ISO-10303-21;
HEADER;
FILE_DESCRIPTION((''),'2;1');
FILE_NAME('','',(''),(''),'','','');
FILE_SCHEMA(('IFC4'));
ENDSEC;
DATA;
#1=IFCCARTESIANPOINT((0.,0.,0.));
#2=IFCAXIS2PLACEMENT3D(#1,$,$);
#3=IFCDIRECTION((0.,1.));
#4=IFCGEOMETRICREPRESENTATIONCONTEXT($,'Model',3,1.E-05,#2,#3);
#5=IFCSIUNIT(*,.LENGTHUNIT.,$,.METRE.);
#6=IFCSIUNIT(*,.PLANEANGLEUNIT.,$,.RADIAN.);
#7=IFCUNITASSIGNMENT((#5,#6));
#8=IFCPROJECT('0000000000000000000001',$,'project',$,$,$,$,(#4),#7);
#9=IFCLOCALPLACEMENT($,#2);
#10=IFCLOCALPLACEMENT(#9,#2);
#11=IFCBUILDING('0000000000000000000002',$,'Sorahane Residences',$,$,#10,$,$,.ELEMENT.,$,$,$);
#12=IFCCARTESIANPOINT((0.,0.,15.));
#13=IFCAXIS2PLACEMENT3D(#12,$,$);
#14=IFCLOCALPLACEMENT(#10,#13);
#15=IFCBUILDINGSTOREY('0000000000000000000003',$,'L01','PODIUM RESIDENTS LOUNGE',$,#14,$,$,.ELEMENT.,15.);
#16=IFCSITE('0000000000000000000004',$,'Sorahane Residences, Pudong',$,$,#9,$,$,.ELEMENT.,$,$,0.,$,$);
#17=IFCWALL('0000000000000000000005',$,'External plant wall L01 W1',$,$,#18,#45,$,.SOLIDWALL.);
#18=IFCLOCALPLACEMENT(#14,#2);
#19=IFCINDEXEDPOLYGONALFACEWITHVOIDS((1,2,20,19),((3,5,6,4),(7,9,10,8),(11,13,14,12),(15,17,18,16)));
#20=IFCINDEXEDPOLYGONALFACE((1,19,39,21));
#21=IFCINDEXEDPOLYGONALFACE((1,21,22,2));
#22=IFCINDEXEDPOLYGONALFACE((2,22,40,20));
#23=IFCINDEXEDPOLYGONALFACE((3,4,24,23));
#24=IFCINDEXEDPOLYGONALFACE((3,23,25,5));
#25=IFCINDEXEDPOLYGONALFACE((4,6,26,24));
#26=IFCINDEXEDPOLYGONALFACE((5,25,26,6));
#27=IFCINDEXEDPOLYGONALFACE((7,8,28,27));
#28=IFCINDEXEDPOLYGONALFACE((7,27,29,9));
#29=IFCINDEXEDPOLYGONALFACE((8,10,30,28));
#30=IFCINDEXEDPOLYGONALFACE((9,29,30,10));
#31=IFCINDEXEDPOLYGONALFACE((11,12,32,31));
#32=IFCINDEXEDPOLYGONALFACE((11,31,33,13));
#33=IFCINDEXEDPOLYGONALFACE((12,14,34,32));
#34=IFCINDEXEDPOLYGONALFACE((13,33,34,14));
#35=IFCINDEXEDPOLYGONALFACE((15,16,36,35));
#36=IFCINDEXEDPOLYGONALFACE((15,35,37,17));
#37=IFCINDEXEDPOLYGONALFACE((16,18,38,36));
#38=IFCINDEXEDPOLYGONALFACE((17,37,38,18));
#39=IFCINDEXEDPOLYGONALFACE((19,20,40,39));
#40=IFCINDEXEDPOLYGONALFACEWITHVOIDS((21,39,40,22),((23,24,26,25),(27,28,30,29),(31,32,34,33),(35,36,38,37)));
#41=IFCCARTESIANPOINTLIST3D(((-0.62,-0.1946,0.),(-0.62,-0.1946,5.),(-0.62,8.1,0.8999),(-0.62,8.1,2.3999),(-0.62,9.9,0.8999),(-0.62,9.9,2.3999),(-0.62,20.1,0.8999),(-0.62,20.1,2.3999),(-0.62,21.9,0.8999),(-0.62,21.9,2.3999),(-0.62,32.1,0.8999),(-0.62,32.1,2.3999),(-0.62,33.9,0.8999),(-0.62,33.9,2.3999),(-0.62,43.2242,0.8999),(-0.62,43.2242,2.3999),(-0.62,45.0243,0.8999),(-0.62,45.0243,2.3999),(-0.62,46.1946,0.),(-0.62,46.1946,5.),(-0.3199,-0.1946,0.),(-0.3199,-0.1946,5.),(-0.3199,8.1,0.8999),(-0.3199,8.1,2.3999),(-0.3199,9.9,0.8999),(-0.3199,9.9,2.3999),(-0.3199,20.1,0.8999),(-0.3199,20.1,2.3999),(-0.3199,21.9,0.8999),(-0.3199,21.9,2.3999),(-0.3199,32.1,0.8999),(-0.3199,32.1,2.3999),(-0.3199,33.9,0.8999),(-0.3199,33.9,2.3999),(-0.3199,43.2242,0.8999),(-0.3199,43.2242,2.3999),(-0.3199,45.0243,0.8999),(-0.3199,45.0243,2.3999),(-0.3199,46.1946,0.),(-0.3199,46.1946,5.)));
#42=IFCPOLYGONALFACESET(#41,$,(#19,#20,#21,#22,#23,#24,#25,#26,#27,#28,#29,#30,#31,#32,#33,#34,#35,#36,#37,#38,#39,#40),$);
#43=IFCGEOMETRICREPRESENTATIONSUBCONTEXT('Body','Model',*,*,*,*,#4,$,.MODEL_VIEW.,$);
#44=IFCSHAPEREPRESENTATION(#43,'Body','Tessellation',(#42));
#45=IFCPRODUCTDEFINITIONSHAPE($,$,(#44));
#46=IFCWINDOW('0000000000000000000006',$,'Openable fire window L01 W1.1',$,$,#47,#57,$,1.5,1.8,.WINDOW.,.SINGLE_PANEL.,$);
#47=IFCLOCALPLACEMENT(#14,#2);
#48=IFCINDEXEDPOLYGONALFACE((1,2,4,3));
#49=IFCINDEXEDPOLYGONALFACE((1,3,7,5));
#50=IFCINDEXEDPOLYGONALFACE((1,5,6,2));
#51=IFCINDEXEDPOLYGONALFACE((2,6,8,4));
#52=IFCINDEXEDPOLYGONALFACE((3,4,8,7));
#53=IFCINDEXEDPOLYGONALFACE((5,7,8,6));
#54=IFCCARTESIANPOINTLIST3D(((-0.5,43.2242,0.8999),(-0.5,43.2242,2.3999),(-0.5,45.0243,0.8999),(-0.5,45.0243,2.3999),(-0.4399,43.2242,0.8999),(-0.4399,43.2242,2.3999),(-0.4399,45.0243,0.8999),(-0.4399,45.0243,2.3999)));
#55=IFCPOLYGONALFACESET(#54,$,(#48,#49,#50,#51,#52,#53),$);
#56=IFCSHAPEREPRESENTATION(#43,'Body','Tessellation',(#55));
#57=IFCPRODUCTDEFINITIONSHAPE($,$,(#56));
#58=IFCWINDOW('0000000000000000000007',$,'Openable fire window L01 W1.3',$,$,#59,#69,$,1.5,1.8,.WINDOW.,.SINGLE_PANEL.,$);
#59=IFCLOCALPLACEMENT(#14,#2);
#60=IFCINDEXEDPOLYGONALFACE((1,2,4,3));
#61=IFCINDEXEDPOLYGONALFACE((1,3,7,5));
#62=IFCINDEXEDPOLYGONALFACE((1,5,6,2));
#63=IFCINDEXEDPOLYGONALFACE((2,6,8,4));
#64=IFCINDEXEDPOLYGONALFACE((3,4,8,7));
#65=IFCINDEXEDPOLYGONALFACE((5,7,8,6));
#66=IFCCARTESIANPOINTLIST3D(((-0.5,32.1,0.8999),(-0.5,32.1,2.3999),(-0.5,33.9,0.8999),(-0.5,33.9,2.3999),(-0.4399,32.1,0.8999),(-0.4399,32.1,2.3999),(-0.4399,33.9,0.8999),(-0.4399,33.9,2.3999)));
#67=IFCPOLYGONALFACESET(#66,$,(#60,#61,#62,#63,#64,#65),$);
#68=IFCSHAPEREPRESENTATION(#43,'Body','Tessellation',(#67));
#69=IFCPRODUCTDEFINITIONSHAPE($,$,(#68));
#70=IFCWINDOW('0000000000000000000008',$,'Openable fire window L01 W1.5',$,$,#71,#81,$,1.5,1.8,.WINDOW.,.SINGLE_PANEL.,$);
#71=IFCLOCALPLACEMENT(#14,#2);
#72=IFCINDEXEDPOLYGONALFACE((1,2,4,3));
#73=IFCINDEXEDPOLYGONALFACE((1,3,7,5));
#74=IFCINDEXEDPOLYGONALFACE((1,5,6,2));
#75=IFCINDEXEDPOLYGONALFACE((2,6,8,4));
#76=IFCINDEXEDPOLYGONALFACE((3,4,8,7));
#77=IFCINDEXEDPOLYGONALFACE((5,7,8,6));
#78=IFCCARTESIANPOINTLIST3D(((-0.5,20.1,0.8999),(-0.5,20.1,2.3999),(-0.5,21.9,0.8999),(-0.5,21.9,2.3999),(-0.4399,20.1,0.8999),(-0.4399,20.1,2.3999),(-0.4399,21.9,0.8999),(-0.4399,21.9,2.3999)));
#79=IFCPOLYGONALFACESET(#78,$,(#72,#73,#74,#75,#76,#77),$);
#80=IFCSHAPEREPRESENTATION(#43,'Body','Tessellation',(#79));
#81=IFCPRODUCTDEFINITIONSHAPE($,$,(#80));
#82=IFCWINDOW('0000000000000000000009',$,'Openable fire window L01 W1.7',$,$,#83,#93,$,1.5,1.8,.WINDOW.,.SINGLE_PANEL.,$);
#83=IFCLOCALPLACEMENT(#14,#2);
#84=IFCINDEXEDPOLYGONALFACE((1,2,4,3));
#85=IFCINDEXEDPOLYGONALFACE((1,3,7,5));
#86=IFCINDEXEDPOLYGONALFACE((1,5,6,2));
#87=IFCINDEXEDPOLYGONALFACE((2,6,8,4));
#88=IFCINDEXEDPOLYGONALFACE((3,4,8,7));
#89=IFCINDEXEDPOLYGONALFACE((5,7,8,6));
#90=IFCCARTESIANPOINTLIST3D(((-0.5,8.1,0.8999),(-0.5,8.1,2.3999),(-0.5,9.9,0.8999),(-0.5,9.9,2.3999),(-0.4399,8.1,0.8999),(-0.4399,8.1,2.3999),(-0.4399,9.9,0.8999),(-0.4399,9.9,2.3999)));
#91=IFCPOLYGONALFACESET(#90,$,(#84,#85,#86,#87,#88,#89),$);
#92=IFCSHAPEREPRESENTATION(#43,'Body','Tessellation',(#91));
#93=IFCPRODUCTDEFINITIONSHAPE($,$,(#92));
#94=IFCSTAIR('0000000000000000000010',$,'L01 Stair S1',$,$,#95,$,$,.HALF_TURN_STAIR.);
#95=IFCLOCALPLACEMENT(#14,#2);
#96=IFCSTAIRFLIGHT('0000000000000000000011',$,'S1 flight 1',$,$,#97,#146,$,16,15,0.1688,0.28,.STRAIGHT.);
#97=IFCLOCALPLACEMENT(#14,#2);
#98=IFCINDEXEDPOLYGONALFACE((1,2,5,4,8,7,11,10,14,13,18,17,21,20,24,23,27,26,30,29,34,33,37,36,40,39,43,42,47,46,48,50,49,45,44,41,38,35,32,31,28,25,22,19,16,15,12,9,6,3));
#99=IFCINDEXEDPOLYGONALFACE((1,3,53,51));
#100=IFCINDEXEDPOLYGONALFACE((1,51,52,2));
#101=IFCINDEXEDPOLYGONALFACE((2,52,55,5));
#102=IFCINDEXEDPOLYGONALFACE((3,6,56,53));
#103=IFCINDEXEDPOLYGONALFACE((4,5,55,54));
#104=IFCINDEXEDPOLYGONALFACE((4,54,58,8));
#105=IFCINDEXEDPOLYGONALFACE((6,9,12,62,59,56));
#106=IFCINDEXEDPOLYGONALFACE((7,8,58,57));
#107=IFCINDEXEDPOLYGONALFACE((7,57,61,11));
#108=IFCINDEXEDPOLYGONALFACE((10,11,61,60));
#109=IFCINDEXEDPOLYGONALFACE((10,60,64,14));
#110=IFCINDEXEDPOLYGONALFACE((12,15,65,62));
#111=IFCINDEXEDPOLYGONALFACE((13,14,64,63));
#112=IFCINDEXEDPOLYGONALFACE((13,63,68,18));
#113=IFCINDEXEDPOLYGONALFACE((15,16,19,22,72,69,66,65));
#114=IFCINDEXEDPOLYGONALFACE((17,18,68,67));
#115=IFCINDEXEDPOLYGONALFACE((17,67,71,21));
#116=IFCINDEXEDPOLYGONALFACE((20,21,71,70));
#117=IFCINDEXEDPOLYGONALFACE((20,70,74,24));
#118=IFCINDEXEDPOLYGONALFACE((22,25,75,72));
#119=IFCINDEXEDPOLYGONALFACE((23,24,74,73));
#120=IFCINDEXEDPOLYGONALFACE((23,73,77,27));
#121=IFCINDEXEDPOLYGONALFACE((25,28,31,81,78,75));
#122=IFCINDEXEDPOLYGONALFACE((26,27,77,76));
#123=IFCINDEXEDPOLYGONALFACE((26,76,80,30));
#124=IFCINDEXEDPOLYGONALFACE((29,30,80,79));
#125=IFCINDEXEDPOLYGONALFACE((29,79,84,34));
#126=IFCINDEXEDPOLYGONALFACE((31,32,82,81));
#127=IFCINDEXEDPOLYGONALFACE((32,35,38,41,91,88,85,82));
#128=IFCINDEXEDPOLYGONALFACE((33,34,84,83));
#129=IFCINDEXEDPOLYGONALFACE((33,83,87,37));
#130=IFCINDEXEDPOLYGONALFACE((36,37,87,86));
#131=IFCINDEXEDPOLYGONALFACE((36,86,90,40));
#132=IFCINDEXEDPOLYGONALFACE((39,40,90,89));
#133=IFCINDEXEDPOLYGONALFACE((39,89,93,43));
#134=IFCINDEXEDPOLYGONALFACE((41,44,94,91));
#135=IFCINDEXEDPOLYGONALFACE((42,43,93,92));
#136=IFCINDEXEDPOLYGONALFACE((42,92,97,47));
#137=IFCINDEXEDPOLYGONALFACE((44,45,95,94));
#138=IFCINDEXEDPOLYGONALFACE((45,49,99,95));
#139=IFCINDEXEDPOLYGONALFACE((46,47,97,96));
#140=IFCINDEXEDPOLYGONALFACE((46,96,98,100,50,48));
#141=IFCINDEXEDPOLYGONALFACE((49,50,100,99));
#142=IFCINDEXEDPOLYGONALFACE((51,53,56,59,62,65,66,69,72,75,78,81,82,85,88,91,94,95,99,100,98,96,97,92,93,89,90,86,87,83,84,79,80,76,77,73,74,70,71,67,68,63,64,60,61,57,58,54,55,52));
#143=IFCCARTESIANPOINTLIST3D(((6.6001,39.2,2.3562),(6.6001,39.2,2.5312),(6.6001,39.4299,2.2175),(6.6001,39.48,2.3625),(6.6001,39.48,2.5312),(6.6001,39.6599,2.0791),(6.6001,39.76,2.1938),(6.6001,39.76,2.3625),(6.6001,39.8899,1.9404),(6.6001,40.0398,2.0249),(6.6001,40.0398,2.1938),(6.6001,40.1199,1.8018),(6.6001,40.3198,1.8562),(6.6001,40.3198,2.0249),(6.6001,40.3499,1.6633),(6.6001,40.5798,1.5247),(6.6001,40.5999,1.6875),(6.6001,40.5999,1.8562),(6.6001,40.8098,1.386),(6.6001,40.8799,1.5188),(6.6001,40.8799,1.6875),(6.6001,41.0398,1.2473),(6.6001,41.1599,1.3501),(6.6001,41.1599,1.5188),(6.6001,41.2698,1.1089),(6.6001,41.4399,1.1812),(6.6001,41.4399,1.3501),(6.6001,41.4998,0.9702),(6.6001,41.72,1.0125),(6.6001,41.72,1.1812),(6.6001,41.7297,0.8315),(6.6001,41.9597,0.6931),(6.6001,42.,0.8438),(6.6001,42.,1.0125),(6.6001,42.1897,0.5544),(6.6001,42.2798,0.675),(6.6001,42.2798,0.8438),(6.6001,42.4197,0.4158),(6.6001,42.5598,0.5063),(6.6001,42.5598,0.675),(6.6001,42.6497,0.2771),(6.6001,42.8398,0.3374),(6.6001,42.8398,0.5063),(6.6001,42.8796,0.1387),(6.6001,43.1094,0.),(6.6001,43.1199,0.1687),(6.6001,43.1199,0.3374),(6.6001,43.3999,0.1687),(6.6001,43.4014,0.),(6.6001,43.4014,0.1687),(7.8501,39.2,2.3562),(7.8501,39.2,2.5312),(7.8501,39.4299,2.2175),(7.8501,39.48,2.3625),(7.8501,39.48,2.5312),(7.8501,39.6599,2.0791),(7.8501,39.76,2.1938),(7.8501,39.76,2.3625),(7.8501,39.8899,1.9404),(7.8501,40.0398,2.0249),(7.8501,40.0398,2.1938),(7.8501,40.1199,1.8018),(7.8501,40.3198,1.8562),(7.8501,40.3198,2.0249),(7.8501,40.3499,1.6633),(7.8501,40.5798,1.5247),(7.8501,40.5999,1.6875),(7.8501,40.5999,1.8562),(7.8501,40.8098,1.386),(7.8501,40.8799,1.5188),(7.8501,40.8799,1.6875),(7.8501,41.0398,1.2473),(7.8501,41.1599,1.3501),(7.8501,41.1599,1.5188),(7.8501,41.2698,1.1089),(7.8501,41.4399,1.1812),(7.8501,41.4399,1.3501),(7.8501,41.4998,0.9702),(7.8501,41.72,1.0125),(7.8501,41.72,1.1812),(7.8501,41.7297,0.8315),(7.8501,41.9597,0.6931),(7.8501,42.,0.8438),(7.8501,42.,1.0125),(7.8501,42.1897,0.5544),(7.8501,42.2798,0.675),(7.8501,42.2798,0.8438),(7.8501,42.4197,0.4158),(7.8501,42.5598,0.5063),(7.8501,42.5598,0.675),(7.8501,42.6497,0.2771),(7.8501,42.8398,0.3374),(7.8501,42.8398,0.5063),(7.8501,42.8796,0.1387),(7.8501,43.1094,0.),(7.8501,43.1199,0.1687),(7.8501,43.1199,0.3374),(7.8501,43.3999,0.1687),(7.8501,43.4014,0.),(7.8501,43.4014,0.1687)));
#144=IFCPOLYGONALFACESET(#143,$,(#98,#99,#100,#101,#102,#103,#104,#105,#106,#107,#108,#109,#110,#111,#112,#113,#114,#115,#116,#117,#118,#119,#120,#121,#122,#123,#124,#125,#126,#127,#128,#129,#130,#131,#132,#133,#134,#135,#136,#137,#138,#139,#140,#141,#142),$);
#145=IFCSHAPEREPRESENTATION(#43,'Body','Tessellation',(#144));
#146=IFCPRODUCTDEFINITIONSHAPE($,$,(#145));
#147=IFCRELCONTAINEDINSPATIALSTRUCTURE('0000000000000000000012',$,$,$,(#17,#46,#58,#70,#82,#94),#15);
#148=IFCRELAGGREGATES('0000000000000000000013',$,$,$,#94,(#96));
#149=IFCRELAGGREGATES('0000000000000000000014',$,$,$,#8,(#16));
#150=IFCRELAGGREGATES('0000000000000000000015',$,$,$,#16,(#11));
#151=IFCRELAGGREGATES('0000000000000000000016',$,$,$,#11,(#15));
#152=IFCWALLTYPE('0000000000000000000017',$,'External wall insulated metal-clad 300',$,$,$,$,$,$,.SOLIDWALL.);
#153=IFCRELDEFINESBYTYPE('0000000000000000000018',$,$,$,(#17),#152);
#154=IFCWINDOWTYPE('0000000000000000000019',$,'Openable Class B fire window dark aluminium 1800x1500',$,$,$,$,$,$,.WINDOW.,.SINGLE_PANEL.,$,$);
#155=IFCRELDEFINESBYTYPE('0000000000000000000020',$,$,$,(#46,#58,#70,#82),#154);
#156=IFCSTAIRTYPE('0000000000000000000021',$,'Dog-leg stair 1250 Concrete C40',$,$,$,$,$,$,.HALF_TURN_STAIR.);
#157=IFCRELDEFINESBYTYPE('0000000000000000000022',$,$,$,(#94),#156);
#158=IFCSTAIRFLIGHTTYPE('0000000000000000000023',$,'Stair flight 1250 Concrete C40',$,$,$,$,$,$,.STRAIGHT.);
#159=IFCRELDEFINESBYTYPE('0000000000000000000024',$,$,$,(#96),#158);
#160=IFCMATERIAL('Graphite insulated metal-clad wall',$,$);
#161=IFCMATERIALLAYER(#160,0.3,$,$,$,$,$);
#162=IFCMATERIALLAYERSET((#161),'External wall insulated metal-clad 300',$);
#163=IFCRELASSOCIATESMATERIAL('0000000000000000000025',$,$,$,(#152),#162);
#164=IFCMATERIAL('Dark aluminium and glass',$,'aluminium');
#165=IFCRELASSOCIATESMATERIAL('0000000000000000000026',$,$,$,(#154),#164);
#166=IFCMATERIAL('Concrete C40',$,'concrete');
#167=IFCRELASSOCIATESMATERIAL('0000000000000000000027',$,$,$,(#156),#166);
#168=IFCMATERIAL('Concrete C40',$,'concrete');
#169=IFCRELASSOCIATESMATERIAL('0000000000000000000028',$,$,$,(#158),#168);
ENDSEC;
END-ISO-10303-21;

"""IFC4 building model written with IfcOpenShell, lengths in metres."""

from ifc_helpers import new_model, si_unit, direction, frame, frame_2d, origin, place, context, subcontext, project, spatial, polyline, rectangle, outline, extrude, material, layer, layer_set, type_object, element, fill, aggregate, save


model = new_model("IFC4")

# Units and contexts
model_context = context("Model", 3, precision=1e-05, world=origin(), true_north=direction((0.0, 1.0)))
body_context = subcontext(model_context, "Body", "Model", "MODEL_VIEW")
ifc_project = project(units=[si_unit("LENGTHUNIT", "METRE"), si_unit("PLANEANGLEUNIT", "RADIAN")], contexts=[model_context])

# Site, building, storey
site_placement = place(None, origin())
site = spatial("IfcSite", under=ifc_project, at=site_placement, Name="Sorahane Residences, Pudong", CompositionType="ELEMENT", RefElevation=0.0)
building_placement = place(site_placement, origin())
building = spatial("IfcBuilding", under=site, at=building_placement, Name="Sorahane Residences", CompositionType="ELEMENT")
storey_placement = place(building_placement, frame((0.0, 0.0, 15.0)))
storey = spatial("IfcBuildingStorey", under=building, at=storey_placement, Name="L01", Description="PODIUM RESIDENTS LOUNGE", CompositionType="ELEMENT", Elevation=15.0)

# Shared definitions
ifc_material_1 = material(Name="Graphite insulated metal-clad wall")
ifc_layer_1 = layer(ifc_material_1, 0.3)
ifc_layer_set_1 = layer_set([ifc_layer_1], Name="External wall insulated metal-clad 300")
wall_type_1 = type_object("IfcWallType", Name="External wall insulated metal-clad 300", PredefinedType="SOLIDWALL", material=ifc_layer_set_1)
ifc_material_2 = material(Name="Dark aluminium and glass", Category="aluminium")
window_type = type_object("IfcWindowType", Name="Openable Class B fire window dark aluminium 1800x1500", PartitioningType="SINGLE_PANEL", PredefinedType="WINDOW", material=ifc_material_2)

# Wall, openings, windows
wall_1_placement = place(storey_placement, frame((-0.47, 46.1946, 0.0), z_axis=(0.0, 0.0, 1.0), x_axis=(0.0, -1.0, 0.0)))
wall_1 = element("IfcWall", 1, at=wall_1_placement, inside=storey, type_object=wall_type_1, Name="External plant wall L01 W1", PredefinedType="SOLIDWALL", context=body_context, shape_type="SweptSolid", body=[
    extrude(rectangle(XDim=46.3892, YDim=0.3, at=frame_2d((23.1946, 0.0))), origin(), (0.0, 0.0, 1.0), 5.0),
])
opening_1_placement = place(wall_1_placement, frame((1.1704, 0.0, 0.8999)))
opening_1 = element("IfcOpeningElement", 2, at=opening_1_placement, cuts=wall_1, PredefinedType="OPENING", context=body_context, shape_type="SweptSolid", body=[
    extrude(rectangle(XDim=1.8, YDim=1.5, at=frame_2d((0.8999, 0.75))), frame((0.0, 0.1599, 0.0), z_axis=(0.0, -1.0, 0.0), x_axis=(1.0, 0.0, 0.0)), (0.0, 0.0, 1.0), 0.3201),
])
opening_2_placement = place(wall_1_placement, frame((12.2947, 0.0, 0.8999)))
opening_2 = element("IfcOpeningElement", 3, at=opening_2_placement, cuts=wall_1, PredefinedType="OPENING", context=body_context, shape_type="SweptSolid", body=[
    extrude(rectangle(XDim=1.8, YDim=1.5, at=frame_2d((0.8999, 0.75))), frame((0.0, 0.1599, 0.0), z_axis=(0.0, -1.0, 0.0), x_axis=(1.0, 0.0, 0.0)), (0.0, 0.0, 1.0), 0.3201),
])
opening_3_placement = place(wall_1_placement, frame((24.2947, 0.0, 0.8999)))
opening_3 = element("IfcOpeningElement", 4, at=opening_3_placement, cuts=wall_1, PredefinedType="OPENING", context=body_context, shape_type="SweptSolid", body=[
    extrude(rectangle(XDim=1.8, YDim=1.5, at=frame_2d((0.8999, 0.75))), frame((0.0, 0.1599, 0.0), z_axis=(0.0, -1.0, 0.0), x_axis=(1.0, 0.0, 0.0)), (0.0, 0.0, 1.0), 0.3201),
])
opening_4_placement = place(wall_1_placement, frame((36.2947, 0.0, 0.8999)))
opening_4 = element("IfcOpeningElement", 5, at=opening_4_placement, cuts=wall_1, PredefinedType="OPENING", context=body_context, shape_type="SweptSolid", body=[
    extrude(rectangle(XDim=1.8, YDim=1.5, at=frame_2d((0.8999, 0.75))), frame((0.0, 0.1599, 0.0), z_axis=(0.0, -1.0, 0.0), x_axis=(1.0, 0.0, 0.0)), (0.0, 0.0, 1.0), 0.3201),
])
window_1_placement = place(opening_1_placement, origin())
window_1 = element("IfcWindow", 6, at=window_1_placement, inside=storey, type_object=window_type, Name="Openable fire window L01 W1.1", OverallHeight=1.5, OverallWidth=1.8, PartitioningType="SINGLE_PANEL", PredefinedType="WINDOW", context=body_context, shape_type="SweptSolid", body=[
    extrude(rectangle(XDim=1.8, YDim=1.5, at=frame_2d((0.8999, 0.75))), frame((0.0, 0.03, 0.0), z_axis=(0.0, -1.0, 0.0), x_axis=(1.0, 0.0, 0.0)), (0.0, 0.0, 1.0), 0.0601),
])
fill(opening_1, window_1)
window_2_placement = place(opening_2_placement, origin())
window_2 = element("IfcWindow", 7, at=window_2_placement, inside=storey, type_object=window_type, Name="Openable fire window L01 W1.3", OverallHeight=1.5, OverallWidth=1.8, PartitioningType="SINGLE_PANEL", PredefinedType="WINDOW", context=body_context, shape_type="SweptSolid", body=[
    extrude(rectangle(XDim=1.8, YDim=1.5, at=frame_2d((0.8999, 0.75))), frame((0.0, 0.03, 0.0), z_axis=(0.0, -1.0, 0.0), x_axis=(1.0, 0.0, 0.0)), (0.0, 0.0, 1.0), 0.0601),
])
fill(opening_2, window_2)
window_3_placement = place(opening_3_placement, origin())
window_3 = element("IfcWindow", 8, at=window_3_placement, inside=storey, type_object=window_type, Name="Openable fire window L01 W1.5", OverallHeight=1.5, OverallWidth=1.8, PartitioningType="SINGLE_PANEL", PredefinedType="WINDOW", context=body_context, shape_type="SweptSolid", body=[
    extrude(rectangle(XDim=1.8, YDim=1.5, at=frame_2d((0.8999, 0.75))), frame((0.0, 0.03, 0.0), z_axis=(0.0, -1.0, 0.0), x_axis=(1.0, 0.0, 0.0)), (0.0, 0.0, 1.0), 0.0601),
])
fill(opening_3, window_3)
window_4_placement = place(opening_4_placement, origin())
window_4 = element("IfcWindow", 9, at=window_4_placement, inside=storey, type_object=window_type, Name="Openable fire window L01 W1.7", OverallHeight=1.5, OverallWidth=1.8, PartitioningType="SINGLE_PANEL", PredefinedType="WINDOW", context=body_context, shape_type="SweptSolid", body=[
    extrude(rectangle(XDim=1.8, YDim=1.5, at=frame_2d((0.8999, 0.75))), frame((0.0, 0.03, 0.0), z_axis=(0.0, -1.0, 0.0), x_axis=(1.0, 0.0, 0.0)), (0.0, 0.0, 1.0), 0.0601),
])
fill(opening_4, window_4)

# Stair, stair flight
ifc_material_3 = material(Name="Concrete C40", Category="concrete")
stair_type = type_object("IfcStairType", Name="Dog-leg stair 1250 Concrete C40", PredefinedType="HALF_TURN_STAIR", material=ifc_material_3)
stair_placement = place(storey_placement, origin())
stair = element("IfcStair", 10, at=stair_placement, inside=storey, type_object=stair_type, Name="L01 Stair S1", PredefinedType="HALF_TURN_STAIR")
ifc_material_4 = material(Name="Concrete C40", Category="concrete")
stair_flight_type = type_object("IfcStairFlightType", Name="Stair flight 1250 Concrete C40", PredefinedType="STRAIGHT", material=ifc_material_4)
stair_flight_placement = place(storey_placement, frame((7.2251, 43.3999, 0.0), z_axis=(0.0, 0.0, 1.0), x_axis=(0.0, -1.0, 0.0)))
stair_flight = element("IfcStairFlight", 11, at=stair_flight_placement, type_object=stair_flight_type, Name="S1 flight 1", NumberOfRisers=16, NumberOfTreads=15, PredefinedType="STRAIGHT", RiserHeight=0.1688, TreadLength=0.28, context=body_context, shape_type="SweptSolid", body=[
    extrude(outline(polyline([(-0.0015, 0.0), (-0.0015, 0.1687), (0.0, 0.1687), (0.28, 0.1687), (0.28, 0.3374), (0.5601, 0.3374), (0.5601, 0.5063), (0.8401, 0.5063), (0.8401, 0.675), (1.1201, 0.675), (1.1201, 0.8438), (1.3999, 0.8438), (1.3999, 1.0125), (1.6799, 1.0125), (1.6799, 1.1812), (1.96, 1.1812), (1.96, 1.3501), (2.24, 1.3501), (2.24, 1.5188), (2.52, 1.5188), (2.52, 1.6875), (2.8, 1.6875), (2.8, 1.8562), (3.0801, 1.8562), (3.0801, 2.0249), (3.3601, 2.0249), (3.3601, 2.1938), (3.6399, 2.1938), (3.6399, 2.3625), (3.9199, 2.3625), (3.9199, 2.5312), (4.2, 2.5312), (4.2, 2.7), (4.2, 2.3562), (3.97, 2.2175), (3.74, 2.0791), (3.51, 1.9404), (3.28, 1.8018), (3.05, 1.6633), (2.8201, 1.5247), (2.5901, 1.386), (2.3601, 1.2473), (2.1301, 1.1089), (1.9001, 0.9702), (1.6702, 0.8315), (1.4402, 0.6931), (1.2102, 0.5544), (0.9802, 0.4158), (0.7502, 0.2771), (0.5203, 0.1387), (0.2905, 0.0), (-0.0015, 0.0)])), frame((0.0, 0.625, 0.0), z_axis=(0.0, -1.0, 0.0), x_axis=(1.0, 0.0, 0.0)), (0.0, 0.0, 1.0), 1.25),
])
aggregate(stair, [stair_flight])

save(model, "model.ifc")
